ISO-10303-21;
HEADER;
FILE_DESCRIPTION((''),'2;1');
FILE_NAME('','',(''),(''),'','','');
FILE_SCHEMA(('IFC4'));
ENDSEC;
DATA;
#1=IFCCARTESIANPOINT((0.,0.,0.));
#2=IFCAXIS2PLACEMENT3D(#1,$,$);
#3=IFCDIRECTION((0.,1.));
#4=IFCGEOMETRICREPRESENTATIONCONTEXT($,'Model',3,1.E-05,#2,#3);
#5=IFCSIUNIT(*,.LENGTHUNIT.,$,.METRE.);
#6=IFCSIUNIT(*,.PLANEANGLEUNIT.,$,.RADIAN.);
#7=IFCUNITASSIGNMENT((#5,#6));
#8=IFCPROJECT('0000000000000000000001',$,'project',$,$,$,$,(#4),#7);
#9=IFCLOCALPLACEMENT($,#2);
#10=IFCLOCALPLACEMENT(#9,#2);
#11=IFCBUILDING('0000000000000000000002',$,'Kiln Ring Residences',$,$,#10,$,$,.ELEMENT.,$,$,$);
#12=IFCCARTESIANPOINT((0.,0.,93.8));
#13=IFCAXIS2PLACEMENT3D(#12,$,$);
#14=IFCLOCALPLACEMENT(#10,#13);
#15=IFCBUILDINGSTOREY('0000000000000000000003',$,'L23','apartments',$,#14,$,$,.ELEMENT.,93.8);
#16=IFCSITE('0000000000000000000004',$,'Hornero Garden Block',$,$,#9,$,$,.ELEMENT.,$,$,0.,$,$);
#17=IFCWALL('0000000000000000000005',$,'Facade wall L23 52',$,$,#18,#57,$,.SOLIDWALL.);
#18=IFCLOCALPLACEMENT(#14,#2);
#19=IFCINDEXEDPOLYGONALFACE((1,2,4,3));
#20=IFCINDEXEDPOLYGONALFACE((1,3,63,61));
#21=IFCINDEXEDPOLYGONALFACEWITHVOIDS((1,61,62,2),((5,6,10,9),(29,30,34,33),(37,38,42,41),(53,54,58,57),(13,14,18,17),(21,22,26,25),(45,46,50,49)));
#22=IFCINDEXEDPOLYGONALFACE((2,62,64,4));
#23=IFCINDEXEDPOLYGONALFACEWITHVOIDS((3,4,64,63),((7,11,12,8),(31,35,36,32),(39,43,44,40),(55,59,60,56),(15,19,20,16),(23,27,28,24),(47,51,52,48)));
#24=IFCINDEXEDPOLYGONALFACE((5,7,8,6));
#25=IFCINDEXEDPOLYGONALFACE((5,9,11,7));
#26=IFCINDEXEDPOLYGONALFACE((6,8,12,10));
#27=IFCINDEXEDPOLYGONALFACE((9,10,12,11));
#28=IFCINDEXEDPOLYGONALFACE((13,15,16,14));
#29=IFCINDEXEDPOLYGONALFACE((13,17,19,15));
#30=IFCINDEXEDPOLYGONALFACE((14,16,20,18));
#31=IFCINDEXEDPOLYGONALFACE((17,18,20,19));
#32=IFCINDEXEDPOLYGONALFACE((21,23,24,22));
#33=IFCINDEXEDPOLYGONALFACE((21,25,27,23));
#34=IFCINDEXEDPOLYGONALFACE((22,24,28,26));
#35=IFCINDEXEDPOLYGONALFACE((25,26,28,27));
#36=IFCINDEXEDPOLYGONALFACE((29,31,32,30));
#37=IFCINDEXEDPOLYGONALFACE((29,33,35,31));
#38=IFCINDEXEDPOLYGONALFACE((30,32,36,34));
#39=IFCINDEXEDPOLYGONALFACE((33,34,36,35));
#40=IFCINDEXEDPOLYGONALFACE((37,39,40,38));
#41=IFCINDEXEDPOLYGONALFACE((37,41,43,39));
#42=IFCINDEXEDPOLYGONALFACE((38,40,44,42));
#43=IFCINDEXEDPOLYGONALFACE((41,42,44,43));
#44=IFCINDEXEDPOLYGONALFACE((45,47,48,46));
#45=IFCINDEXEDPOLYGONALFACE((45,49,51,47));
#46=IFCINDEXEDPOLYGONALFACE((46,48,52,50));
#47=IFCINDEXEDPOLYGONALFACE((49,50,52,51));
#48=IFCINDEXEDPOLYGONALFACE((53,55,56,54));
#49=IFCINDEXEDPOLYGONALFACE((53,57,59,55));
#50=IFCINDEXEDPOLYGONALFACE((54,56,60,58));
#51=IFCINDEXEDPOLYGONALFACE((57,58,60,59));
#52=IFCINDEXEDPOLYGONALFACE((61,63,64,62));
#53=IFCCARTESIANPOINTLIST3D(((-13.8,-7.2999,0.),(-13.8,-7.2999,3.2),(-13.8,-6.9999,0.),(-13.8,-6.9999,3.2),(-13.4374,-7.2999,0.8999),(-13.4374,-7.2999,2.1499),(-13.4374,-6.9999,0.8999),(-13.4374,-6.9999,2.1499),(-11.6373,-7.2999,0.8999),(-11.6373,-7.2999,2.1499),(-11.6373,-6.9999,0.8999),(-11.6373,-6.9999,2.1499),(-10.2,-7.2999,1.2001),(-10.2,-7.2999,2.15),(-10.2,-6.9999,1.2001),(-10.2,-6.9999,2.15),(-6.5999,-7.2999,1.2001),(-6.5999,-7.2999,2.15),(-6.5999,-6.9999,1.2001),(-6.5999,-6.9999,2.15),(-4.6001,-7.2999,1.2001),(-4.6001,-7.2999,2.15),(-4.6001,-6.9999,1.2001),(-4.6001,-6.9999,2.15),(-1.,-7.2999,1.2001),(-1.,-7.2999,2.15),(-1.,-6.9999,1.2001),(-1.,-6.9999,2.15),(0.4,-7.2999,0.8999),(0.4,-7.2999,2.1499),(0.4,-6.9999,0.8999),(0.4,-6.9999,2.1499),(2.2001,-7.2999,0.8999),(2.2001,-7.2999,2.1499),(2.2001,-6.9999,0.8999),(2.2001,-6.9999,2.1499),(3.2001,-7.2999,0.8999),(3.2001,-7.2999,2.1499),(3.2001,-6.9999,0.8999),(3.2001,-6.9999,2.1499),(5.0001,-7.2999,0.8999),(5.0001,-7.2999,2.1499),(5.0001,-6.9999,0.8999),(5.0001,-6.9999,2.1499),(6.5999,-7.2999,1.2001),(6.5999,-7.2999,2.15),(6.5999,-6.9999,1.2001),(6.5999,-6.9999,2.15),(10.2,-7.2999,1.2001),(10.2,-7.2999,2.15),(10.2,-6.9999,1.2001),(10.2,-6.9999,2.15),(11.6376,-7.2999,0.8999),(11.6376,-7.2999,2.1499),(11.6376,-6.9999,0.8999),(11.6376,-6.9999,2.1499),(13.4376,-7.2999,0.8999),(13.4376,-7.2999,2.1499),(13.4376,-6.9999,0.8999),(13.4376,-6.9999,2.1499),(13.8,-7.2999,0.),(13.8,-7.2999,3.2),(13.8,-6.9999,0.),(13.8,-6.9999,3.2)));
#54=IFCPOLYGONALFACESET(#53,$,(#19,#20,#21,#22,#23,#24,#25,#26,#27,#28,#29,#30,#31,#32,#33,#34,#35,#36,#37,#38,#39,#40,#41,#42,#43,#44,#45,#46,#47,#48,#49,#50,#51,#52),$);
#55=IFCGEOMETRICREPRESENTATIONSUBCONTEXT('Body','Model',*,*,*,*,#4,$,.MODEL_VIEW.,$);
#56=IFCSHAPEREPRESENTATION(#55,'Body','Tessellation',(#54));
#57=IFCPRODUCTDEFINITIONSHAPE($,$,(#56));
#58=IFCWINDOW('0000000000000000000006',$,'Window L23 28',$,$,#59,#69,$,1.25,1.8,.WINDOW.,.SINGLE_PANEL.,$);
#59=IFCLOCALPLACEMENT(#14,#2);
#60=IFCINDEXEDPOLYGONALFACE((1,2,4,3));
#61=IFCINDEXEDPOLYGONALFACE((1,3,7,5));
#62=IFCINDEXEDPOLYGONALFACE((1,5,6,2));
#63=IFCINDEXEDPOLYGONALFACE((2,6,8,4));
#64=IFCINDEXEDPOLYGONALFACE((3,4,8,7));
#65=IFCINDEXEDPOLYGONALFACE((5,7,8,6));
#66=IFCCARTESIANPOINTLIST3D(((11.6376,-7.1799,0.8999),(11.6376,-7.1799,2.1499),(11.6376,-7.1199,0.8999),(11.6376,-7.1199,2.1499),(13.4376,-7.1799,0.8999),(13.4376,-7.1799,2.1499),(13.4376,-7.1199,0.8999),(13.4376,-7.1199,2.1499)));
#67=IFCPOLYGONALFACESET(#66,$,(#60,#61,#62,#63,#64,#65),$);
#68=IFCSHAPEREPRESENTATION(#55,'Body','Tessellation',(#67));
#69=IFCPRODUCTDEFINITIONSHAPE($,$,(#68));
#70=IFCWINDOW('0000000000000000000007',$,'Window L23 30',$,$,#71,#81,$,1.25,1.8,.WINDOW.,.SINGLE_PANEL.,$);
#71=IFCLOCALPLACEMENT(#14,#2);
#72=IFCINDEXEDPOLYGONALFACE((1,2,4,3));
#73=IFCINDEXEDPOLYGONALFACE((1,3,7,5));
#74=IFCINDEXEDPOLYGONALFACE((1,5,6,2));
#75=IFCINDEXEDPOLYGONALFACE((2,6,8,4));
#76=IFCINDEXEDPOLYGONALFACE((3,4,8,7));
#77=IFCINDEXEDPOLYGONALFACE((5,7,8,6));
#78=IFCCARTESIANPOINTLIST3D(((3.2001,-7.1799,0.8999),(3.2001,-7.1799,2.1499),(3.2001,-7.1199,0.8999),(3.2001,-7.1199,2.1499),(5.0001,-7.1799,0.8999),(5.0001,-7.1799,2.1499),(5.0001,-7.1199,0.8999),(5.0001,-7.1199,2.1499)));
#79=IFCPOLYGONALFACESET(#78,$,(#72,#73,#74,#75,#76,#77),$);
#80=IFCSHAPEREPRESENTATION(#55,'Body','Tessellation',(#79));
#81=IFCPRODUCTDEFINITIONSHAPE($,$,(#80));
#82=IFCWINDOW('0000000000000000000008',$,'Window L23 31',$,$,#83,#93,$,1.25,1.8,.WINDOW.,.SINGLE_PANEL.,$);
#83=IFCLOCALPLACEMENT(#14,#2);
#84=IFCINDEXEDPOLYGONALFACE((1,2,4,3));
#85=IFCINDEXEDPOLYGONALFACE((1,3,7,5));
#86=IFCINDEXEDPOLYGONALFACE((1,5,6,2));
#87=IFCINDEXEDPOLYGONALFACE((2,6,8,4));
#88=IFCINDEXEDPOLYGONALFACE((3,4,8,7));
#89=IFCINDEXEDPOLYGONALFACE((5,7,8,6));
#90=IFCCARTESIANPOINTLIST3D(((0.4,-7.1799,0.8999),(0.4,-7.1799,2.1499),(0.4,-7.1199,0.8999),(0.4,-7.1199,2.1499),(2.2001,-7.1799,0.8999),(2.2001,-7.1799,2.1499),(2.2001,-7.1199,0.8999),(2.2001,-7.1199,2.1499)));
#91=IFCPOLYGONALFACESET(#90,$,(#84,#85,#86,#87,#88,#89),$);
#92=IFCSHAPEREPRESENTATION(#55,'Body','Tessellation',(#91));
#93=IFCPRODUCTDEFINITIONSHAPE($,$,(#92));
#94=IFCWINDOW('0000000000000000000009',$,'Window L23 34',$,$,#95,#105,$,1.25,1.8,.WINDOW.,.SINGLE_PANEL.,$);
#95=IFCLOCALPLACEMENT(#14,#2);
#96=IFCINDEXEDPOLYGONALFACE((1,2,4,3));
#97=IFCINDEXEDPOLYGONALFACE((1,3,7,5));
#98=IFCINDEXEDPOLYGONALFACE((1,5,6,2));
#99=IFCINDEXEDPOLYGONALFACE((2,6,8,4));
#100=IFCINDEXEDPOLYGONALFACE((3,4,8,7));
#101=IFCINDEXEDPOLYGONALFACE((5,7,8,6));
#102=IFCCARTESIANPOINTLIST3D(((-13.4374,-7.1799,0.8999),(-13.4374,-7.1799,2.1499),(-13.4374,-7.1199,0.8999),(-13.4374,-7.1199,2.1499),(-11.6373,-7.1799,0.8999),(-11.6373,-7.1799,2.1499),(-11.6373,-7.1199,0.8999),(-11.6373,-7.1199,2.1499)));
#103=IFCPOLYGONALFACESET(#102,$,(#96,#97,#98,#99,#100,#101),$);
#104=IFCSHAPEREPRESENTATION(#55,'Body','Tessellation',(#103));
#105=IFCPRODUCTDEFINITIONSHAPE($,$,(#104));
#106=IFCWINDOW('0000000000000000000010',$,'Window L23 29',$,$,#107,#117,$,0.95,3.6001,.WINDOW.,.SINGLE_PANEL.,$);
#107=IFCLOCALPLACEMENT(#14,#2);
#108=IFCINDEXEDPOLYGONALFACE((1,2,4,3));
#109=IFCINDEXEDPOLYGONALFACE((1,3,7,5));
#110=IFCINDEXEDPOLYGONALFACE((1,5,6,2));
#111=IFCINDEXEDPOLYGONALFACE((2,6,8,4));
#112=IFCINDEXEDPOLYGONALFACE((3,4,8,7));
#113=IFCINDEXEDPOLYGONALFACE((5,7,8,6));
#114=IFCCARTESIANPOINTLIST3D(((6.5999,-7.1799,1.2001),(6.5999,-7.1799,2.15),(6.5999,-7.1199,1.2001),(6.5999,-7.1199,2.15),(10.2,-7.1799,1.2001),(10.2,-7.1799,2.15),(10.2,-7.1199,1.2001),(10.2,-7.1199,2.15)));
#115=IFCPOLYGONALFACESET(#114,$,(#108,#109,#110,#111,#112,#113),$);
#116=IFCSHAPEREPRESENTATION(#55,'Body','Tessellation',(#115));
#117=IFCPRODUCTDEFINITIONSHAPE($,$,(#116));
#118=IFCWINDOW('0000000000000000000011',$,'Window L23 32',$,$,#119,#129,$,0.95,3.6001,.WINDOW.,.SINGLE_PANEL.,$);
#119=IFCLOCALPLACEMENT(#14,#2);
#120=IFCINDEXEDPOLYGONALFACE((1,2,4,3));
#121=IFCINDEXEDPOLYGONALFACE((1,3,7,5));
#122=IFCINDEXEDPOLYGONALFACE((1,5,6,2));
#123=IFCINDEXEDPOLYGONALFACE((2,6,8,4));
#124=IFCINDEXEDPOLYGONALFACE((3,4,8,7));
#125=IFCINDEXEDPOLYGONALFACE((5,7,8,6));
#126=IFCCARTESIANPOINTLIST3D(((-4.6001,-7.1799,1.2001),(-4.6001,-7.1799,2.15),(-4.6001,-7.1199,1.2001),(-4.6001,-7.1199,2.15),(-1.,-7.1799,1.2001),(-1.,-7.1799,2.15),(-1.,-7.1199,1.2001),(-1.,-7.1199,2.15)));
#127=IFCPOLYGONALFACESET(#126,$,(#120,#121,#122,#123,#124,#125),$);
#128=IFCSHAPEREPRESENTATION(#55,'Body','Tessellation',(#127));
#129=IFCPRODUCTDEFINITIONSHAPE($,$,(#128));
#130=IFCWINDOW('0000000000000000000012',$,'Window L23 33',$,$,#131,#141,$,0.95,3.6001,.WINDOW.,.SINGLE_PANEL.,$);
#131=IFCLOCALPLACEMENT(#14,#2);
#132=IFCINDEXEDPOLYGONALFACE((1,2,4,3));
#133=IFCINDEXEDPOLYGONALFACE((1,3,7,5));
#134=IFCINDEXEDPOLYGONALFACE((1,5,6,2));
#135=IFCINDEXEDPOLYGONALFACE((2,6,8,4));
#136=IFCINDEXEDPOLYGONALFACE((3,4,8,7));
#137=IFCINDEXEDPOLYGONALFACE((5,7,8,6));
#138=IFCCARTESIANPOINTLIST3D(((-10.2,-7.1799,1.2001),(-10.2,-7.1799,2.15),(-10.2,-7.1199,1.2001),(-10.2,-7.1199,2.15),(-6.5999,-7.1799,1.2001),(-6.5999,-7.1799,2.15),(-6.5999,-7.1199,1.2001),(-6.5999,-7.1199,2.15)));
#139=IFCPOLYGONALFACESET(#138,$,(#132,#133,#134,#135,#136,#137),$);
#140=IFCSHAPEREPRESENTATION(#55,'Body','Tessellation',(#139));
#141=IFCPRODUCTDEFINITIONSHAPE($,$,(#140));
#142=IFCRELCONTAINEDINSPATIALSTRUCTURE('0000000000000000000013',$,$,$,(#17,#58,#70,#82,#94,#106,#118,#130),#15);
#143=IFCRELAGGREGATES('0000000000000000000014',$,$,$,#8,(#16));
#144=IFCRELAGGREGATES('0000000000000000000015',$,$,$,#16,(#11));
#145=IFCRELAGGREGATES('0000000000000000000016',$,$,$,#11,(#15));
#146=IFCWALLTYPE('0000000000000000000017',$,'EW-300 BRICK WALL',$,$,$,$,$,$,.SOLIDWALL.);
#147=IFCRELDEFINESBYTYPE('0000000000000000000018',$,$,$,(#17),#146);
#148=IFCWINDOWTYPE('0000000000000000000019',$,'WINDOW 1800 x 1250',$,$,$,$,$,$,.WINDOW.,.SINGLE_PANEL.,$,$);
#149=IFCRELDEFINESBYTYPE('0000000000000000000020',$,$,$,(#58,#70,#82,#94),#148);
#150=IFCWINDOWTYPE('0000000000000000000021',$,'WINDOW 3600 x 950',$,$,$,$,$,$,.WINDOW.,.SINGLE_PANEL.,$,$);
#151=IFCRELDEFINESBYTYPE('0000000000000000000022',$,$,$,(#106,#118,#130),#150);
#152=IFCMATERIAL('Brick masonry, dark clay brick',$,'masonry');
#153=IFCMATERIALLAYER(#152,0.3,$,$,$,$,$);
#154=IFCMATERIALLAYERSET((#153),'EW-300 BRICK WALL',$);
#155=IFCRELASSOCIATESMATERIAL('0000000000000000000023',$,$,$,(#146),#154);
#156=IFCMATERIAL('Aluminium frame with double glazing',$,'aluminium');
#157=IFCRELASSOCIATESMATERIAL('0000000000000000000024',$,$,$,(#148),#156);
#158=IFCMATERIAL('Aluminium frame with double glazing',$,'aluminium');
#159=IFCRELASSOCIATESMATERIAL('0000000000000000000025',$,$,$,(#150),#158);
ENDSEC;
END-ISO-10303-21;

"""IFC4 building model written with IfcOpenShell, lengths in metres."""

from ifc_helpers import new_model, si_unit, direction, frame, frame_2d, origin, place, context, subcontext, project, spatial, rectangle, extrude, material, layer, layer_set, type_object, element, fill, save


model = new_model("IFC4")

# Units and contexts
model_context = context("Model", 3, precision=1e-05, world=origin(), true_north=direction((0.0, 1.0)))
body_context = subcontext(model_context, "Body", "Model", "MODEL_VIEW")
ifc_project = project(units=[si_unit("LENGTHUNIT", "METRE"), si_unit("PLANEANGLEUNIT", "RADIAN")], contexts=[model_context])

# Site, building, storey
site_placement = place(None, origin())
site = spatial("IfcSite", under=ifc_project, at=site_placement, Name="Hornero Garden Block", CompositionType="ELEMENT", RefElevation=0.0)
building_placement = place(site_placement, origin())
building = spatial("IfcBuilding", under=site, at=building_placement, Name="Kiln Ring Residences", CompositionType="ELEMENT")
storey_placement = place(building_placement, frame((0.0, 0.0, 93.8)))
storey = spatial("IfcBuildingStorey", under=building, at=storey_placement, Name="L23", Description="apartments", CompositionType="ELEMENT", Elevation=93.8)

# Wall, openings, windows
ifc_material_1 = material(Name="Brick masonry, dark clay brick", Category="masonry")
ifc_layer_1 = layer(ifc_material_1, 0.3)
ifc_layer_set_1 = layer_set([ifc_layer_1], Name="EW-300 BRICK WALL")
wall_type_1 = type_object("IfcWallType", Name="EW-300 BRICK WALL", PredefinedType="SOLIDWALL", material=ifc_layer_set_1)
wall_1_placement = place(storey_placement, frame((13.8, -7.1499, 0.0), z_axis=(0.0, 0.0, 1.0), x_axis=(-1.0, 0.0, 0.0)))
wall_1 = element("IfcWall", 1, at=wall_1_placement, inside=storey, type_object=wall_type_1, Name="Facade wall L23 52", PredefinedType="SOLIDWALL", context=body_context, shape_type="SweptSolid", body=[
    extrude(rectangle(XDim=27.6001, YDim=0.3, at=frame_2d((13.8, 0.0))), origin(), (0.0, 0.0, 1.0), 3.2),
])
opening_1_placement = place(wall_1_placement, frame((0.3625, 0.0, 0.8999)))
opening_1 = element("IfcOpeningElement", 2, at=opening_1_placement, cuts=wall_1, PredefinedType="OPENING", context=body_context, shape_type="SweptSolid", body=[
    extrude(rectangle(XDim=1.8, YDim=1.25, at=frame_2d((0.8999, 0.625))), frame((0.0, 0.1599, 0.0), z_axis=(0.0, -1.0, 0.0), x_axis=(1.0, 0.0, 0.0)), (0.0, 0.0, 1.0), 0.3201),
])
opening_2_placement = place(wall_1_placement, frame((3.6001, 0.0, 1.2)))
opening_2 = element("IfcOpeningElement", 3, at=opening_2_placement, cuts=wall_1, PredefinedType="OPENING", context=body_context, shape_type="SweptSolid", body=[
    extrude(rectangle(XDim=3.6001, YDim=0.95, at=frame_2d((1.8, 0.4751))), frame((0.0, 0.1599, 0.0), z_axis=(0.0, -1.0, 0.0), x_axis=(1.0, 0.0, 0.0)), (0.0, 0.0, 1.0), 0.3201),
])
opening_3_placement = place(wall_1_placement, frame((8.8, 0.0, 0.8999)))
opening_3 = element("IfcOpeningElement", 4, at=opening_3_placement, cuts=wall_1, PredefinedType="OPENING", context=body_context, shape_type="SweptSolid", body=[
    extrude(rectangle(XDim=1.8, YDim=1.25, at=frame_2d((0.8999, 0.625))), frame((0.0, 0.1599, 0.0), z_axis=(0.0, -1.0, 0.0), x_axis=(1.0, 0.0, 0.0)), (0.0, 0.0, 1.0), 0.3201),
])
opening_4_placement = place(wall_1_placement, frame((11.6001, 0.0, 0.8999)))
opening_4 = element("IfcOpeningElement", 5, at=opening_4_placement, cuts=wall_1, PredefinedType="OPENING", context=body_context, shape_type="SweptSolid", body=[
    extrude(rectangle(XDim=1.8, YDim=1.25, at=frame_2d((0.8999, 0.625))), frame((0.0, 0.1599, 0.0), z_axis=(0.0, -1.0, 0.0), x_axis=(1.0, 0.0, 0.0)), (0.0, 0.0, 1.0), 0.3201),
])
opening_5_placement = place(wall_1_placement, frame((14.8, 0.0, 1.2)))
opening_5 = element("IfcOpeningElement", 6, at=opening_5_placement, cuts=wall_1, PredefinedType="OPENING", context=body_context, shape_type="SweptSolid", body=[
    extrude(rectangle(XDim=3.6001, YDim=0.95, at=frame_2d((1.8, 0.4751))), frame((0.0, 0.1599, 0.0), z_axis=(0.0, -1.0, 0.0), x_axis=(1.0, 0.0, 0.0)), (0.0, 0.0, 1.0), 0.3201),
])
opening_6_placement = place(wall_1_placement, frame((20.3999, 0.0, 1.2)))
opening_6 = element("IfcOpeningElement", 7, at=opening_6_placement, cuts=wall_1, PredefinedType="OPENING", context=body_context, shape_type="SweptSolid", body=[
    extrude(rectangle(XDim=3.6001, YDim=0.95, at=frame_2d((1.8, 0.4751))), frame((0.0, 0.1599, 0.0), z_axis=(0.0, -1.0, 0.0), x_axis=(1.0, 0.0, 0.0)), (0.0, 0.0, 1.0), 0.3201),
])
opening_7_placement = place(wall_1_placement, frame((25.4375, 0.0, 0.8999)))
opening_7 = element("IfcOpeningElement", 8, at=opening_7_placement, cuts=wall_1, PredefinedType="OPENING", context=body_context, shape_type="SweptSolid", body=[
    extrude(rectangle(XDim=1.8, YDim=1.25, at=frame_2d((0.8999, 0.625))), frame((0.0, 0.1599, 0.0), z_axis=(0.0, -1.0, 0.0), x_axis=(1.0, 0.0, 0.0)), (0.0, 0.0, 1.0), 0.3201),
])
ifc_material_2 = material(Name="Aluminium frame with double glazing", Category="aluminium")
window_type_1 = type_object("IfcWindowType", Name="WINDOW 1800 x 1250", PartitioningType="SINGLE_PANEL", PredefinedType="WINDOW", material=ifc_material_2)
window_1_placement = place(opening_1_placement, origin())
window_1 = element("IfcWindow", 9, at=window_1_placement, inside=storey, type_object=window_type_1, Name="Window L23 28", OverallHeight=1.25, OverallWidth=1.8, PartitioningType="SINGLE_PANEL", PredefinedType="WINDOW", context=body_context, shape_type="SweptSolid", body=[
    extrude(rectangle(XDim=1.8, YDim=1.25, at=frame_2d((0.8999, 0.625))), frame((0.0, 0.03, 0.0), z_axis=(0.0, -1.0, 0.0), x_axis=(1.0, 0.0, 0.0)), (0.0, 0.0, 1.0), 0.0601),
])
fill(opening_1, window_1)
window_2_placement = place(opening_3_placement, origin())
window_2 = element("IfcWindow", 10, at=window_2_placement, inside=storey, type_object=window_type_1, Name="Window L23 30", OverallHeight=1.25, OverallWidth=1.8, PartitioningType="SINGLE_PANEL", PredefinedType="WINDOW", context=body_context, shape_type="SweptSolid", body=[
    extrude(rectangle(XDim=1.8, YDim=1.25, at=frame_2d((0.8999, 0.625))), frame((0.0, 0.03, 0.0), z_axis=(0.0, -1.0, 0.0), x_axis=(1.0, 0.0, 0.0)), (0.0, 0.0, 1.0), 0.0601),
])
fill(opening_3, window_2)
window_3_placement = place(opening_4_placement, origin())
window_3 = element("IfcWindow", 11, at=window_3_placement, inside=storey, type_object=window_type_1, Name="Window L23 31", OverallHeight=1.25, OverallWidth=1.8, PartitioningType="SINGLE_PANEL", PredefinedType="WINDOW", context=body_context, shape_type="SweptSolid", body=[
    extrude(rectangle(XDim=1.8, YDim=1.25, at=frame_2d((0.8999, 0.625))), frame((0.0, 0.03, 0.0), z_axis=(0.0, -1.0, 0.0), x_axis=(1.0, 0.0, 0.0)), (0.0, 0.0, 1.0), 0.0601),
])
fill(opening_4, window_3)
window_4_placement = place(opening_7_placement, origin())
window_4 = element("IfcWindow", 12, at=window_4_placement, inside=storey, type_object=window_type_1, Name="Window L23 34", OverallHeight=1.25, OverallWidth=1.8, PartitioningType="SINGLE_PANEL", PredefinedType="WINDOW", context=body_context, shape_type="SweptSolid", body=[
    extrude(rectangle(XDim=1.8, YDim=1.25, at=frame_2d((0.8999, 0.625))), frame((0.0, 0.03, 0.0), z_axis=(0.0, -1.0, 0.0), x_axis=(1.0, 0.0, 0.0)), (0.0, 0.0, 1.0), 0.0601),
])
fill(opening_7, window_4)
ifc_material_3 = material(Name="Aluminium frame with double glazing", Category="aluminium")
window_type_2 = type_object("IfcWindowType", Name="WINDOW 3600 x 950", PartitioningType="SINGLE_PANEL", PredefinedType="WINDOW", material=ifc_material_3)
window_5_placement = place(opening_2_placement, origin())
window_5 = element("IfcWindow", 13, at=window_5_placement, inside=storey, type_object=window_type_2, Name="Window L23 29", OverallHeight=0.95, OverallWidth=3.6001, PartitioningType="SINGLE_PANEL", PredefinedType="WINDOW", context=body_context, shape_type="SweptSolid", body=[
    extrude(rectangle(XDim=3.6001, YDim=0.95, at=frame_2d((1.8, 0.4751))), frame((0.0, 0.03, 0.0), z_axis=(0.0, -1.0, 0.0), x_axis=(1.0, 0.0, 0.0)), (0.0, 0.0, 1.0), 0.0601),
])
fill(opening_2, window_5)
window_6_placement = place(opening_5_placement, origin())
window_6 = element("IfcWindow", 14, at=window_6_placement, inside=storey, type_object=window_type_2, Name="Window L23 32", OverallHeight=0.95, OverallWidth=3.6001, PartitioningType="SINGLE_PANEL", PredefinedType="WINDOW", context=body_context, shape_type="SweptSolid", body=[
    extrude(rectangle(XDim=3.6001, YDim=0.95, at=frame_2d((1.8, 0.4751))), frame((0.0, 0.03, 0.0), z_axis=(0.0, -1.0, 0.0), x_axis=(1.0, 0.0, 0.0)), (0.0, 0.0, 1.0), 0.0601),
])
fill(opening_5, window_6)
window_7_placement = place(opening_6_placement, origin())
window_7 = element("IfcWindow", 15, at=window_7_placement, inside=storey, type_object=window_type_2, Name="Window L23 33", OverallHeight=0.95, OverallWidth=3.6001, PartitioningType="SINGLE_PANEL", PredefinedType="WINDOW", context=body_context, shape_type="SweptSolid", body=[
    extrude(rectangle(XDim=3.6001, YDim=0.95, at=frame_2d((1.8, 0.4751))), frame((0.0, 0.03, 0.0), z_axis=(0.0, -1.0, 0.0), x_axis=(1.0, 0.0, 0.0)), (0.0, 0.0, 1.0), 0.0601),
])
fill(opening_6, window_7)

save(model, "model.ifc")
